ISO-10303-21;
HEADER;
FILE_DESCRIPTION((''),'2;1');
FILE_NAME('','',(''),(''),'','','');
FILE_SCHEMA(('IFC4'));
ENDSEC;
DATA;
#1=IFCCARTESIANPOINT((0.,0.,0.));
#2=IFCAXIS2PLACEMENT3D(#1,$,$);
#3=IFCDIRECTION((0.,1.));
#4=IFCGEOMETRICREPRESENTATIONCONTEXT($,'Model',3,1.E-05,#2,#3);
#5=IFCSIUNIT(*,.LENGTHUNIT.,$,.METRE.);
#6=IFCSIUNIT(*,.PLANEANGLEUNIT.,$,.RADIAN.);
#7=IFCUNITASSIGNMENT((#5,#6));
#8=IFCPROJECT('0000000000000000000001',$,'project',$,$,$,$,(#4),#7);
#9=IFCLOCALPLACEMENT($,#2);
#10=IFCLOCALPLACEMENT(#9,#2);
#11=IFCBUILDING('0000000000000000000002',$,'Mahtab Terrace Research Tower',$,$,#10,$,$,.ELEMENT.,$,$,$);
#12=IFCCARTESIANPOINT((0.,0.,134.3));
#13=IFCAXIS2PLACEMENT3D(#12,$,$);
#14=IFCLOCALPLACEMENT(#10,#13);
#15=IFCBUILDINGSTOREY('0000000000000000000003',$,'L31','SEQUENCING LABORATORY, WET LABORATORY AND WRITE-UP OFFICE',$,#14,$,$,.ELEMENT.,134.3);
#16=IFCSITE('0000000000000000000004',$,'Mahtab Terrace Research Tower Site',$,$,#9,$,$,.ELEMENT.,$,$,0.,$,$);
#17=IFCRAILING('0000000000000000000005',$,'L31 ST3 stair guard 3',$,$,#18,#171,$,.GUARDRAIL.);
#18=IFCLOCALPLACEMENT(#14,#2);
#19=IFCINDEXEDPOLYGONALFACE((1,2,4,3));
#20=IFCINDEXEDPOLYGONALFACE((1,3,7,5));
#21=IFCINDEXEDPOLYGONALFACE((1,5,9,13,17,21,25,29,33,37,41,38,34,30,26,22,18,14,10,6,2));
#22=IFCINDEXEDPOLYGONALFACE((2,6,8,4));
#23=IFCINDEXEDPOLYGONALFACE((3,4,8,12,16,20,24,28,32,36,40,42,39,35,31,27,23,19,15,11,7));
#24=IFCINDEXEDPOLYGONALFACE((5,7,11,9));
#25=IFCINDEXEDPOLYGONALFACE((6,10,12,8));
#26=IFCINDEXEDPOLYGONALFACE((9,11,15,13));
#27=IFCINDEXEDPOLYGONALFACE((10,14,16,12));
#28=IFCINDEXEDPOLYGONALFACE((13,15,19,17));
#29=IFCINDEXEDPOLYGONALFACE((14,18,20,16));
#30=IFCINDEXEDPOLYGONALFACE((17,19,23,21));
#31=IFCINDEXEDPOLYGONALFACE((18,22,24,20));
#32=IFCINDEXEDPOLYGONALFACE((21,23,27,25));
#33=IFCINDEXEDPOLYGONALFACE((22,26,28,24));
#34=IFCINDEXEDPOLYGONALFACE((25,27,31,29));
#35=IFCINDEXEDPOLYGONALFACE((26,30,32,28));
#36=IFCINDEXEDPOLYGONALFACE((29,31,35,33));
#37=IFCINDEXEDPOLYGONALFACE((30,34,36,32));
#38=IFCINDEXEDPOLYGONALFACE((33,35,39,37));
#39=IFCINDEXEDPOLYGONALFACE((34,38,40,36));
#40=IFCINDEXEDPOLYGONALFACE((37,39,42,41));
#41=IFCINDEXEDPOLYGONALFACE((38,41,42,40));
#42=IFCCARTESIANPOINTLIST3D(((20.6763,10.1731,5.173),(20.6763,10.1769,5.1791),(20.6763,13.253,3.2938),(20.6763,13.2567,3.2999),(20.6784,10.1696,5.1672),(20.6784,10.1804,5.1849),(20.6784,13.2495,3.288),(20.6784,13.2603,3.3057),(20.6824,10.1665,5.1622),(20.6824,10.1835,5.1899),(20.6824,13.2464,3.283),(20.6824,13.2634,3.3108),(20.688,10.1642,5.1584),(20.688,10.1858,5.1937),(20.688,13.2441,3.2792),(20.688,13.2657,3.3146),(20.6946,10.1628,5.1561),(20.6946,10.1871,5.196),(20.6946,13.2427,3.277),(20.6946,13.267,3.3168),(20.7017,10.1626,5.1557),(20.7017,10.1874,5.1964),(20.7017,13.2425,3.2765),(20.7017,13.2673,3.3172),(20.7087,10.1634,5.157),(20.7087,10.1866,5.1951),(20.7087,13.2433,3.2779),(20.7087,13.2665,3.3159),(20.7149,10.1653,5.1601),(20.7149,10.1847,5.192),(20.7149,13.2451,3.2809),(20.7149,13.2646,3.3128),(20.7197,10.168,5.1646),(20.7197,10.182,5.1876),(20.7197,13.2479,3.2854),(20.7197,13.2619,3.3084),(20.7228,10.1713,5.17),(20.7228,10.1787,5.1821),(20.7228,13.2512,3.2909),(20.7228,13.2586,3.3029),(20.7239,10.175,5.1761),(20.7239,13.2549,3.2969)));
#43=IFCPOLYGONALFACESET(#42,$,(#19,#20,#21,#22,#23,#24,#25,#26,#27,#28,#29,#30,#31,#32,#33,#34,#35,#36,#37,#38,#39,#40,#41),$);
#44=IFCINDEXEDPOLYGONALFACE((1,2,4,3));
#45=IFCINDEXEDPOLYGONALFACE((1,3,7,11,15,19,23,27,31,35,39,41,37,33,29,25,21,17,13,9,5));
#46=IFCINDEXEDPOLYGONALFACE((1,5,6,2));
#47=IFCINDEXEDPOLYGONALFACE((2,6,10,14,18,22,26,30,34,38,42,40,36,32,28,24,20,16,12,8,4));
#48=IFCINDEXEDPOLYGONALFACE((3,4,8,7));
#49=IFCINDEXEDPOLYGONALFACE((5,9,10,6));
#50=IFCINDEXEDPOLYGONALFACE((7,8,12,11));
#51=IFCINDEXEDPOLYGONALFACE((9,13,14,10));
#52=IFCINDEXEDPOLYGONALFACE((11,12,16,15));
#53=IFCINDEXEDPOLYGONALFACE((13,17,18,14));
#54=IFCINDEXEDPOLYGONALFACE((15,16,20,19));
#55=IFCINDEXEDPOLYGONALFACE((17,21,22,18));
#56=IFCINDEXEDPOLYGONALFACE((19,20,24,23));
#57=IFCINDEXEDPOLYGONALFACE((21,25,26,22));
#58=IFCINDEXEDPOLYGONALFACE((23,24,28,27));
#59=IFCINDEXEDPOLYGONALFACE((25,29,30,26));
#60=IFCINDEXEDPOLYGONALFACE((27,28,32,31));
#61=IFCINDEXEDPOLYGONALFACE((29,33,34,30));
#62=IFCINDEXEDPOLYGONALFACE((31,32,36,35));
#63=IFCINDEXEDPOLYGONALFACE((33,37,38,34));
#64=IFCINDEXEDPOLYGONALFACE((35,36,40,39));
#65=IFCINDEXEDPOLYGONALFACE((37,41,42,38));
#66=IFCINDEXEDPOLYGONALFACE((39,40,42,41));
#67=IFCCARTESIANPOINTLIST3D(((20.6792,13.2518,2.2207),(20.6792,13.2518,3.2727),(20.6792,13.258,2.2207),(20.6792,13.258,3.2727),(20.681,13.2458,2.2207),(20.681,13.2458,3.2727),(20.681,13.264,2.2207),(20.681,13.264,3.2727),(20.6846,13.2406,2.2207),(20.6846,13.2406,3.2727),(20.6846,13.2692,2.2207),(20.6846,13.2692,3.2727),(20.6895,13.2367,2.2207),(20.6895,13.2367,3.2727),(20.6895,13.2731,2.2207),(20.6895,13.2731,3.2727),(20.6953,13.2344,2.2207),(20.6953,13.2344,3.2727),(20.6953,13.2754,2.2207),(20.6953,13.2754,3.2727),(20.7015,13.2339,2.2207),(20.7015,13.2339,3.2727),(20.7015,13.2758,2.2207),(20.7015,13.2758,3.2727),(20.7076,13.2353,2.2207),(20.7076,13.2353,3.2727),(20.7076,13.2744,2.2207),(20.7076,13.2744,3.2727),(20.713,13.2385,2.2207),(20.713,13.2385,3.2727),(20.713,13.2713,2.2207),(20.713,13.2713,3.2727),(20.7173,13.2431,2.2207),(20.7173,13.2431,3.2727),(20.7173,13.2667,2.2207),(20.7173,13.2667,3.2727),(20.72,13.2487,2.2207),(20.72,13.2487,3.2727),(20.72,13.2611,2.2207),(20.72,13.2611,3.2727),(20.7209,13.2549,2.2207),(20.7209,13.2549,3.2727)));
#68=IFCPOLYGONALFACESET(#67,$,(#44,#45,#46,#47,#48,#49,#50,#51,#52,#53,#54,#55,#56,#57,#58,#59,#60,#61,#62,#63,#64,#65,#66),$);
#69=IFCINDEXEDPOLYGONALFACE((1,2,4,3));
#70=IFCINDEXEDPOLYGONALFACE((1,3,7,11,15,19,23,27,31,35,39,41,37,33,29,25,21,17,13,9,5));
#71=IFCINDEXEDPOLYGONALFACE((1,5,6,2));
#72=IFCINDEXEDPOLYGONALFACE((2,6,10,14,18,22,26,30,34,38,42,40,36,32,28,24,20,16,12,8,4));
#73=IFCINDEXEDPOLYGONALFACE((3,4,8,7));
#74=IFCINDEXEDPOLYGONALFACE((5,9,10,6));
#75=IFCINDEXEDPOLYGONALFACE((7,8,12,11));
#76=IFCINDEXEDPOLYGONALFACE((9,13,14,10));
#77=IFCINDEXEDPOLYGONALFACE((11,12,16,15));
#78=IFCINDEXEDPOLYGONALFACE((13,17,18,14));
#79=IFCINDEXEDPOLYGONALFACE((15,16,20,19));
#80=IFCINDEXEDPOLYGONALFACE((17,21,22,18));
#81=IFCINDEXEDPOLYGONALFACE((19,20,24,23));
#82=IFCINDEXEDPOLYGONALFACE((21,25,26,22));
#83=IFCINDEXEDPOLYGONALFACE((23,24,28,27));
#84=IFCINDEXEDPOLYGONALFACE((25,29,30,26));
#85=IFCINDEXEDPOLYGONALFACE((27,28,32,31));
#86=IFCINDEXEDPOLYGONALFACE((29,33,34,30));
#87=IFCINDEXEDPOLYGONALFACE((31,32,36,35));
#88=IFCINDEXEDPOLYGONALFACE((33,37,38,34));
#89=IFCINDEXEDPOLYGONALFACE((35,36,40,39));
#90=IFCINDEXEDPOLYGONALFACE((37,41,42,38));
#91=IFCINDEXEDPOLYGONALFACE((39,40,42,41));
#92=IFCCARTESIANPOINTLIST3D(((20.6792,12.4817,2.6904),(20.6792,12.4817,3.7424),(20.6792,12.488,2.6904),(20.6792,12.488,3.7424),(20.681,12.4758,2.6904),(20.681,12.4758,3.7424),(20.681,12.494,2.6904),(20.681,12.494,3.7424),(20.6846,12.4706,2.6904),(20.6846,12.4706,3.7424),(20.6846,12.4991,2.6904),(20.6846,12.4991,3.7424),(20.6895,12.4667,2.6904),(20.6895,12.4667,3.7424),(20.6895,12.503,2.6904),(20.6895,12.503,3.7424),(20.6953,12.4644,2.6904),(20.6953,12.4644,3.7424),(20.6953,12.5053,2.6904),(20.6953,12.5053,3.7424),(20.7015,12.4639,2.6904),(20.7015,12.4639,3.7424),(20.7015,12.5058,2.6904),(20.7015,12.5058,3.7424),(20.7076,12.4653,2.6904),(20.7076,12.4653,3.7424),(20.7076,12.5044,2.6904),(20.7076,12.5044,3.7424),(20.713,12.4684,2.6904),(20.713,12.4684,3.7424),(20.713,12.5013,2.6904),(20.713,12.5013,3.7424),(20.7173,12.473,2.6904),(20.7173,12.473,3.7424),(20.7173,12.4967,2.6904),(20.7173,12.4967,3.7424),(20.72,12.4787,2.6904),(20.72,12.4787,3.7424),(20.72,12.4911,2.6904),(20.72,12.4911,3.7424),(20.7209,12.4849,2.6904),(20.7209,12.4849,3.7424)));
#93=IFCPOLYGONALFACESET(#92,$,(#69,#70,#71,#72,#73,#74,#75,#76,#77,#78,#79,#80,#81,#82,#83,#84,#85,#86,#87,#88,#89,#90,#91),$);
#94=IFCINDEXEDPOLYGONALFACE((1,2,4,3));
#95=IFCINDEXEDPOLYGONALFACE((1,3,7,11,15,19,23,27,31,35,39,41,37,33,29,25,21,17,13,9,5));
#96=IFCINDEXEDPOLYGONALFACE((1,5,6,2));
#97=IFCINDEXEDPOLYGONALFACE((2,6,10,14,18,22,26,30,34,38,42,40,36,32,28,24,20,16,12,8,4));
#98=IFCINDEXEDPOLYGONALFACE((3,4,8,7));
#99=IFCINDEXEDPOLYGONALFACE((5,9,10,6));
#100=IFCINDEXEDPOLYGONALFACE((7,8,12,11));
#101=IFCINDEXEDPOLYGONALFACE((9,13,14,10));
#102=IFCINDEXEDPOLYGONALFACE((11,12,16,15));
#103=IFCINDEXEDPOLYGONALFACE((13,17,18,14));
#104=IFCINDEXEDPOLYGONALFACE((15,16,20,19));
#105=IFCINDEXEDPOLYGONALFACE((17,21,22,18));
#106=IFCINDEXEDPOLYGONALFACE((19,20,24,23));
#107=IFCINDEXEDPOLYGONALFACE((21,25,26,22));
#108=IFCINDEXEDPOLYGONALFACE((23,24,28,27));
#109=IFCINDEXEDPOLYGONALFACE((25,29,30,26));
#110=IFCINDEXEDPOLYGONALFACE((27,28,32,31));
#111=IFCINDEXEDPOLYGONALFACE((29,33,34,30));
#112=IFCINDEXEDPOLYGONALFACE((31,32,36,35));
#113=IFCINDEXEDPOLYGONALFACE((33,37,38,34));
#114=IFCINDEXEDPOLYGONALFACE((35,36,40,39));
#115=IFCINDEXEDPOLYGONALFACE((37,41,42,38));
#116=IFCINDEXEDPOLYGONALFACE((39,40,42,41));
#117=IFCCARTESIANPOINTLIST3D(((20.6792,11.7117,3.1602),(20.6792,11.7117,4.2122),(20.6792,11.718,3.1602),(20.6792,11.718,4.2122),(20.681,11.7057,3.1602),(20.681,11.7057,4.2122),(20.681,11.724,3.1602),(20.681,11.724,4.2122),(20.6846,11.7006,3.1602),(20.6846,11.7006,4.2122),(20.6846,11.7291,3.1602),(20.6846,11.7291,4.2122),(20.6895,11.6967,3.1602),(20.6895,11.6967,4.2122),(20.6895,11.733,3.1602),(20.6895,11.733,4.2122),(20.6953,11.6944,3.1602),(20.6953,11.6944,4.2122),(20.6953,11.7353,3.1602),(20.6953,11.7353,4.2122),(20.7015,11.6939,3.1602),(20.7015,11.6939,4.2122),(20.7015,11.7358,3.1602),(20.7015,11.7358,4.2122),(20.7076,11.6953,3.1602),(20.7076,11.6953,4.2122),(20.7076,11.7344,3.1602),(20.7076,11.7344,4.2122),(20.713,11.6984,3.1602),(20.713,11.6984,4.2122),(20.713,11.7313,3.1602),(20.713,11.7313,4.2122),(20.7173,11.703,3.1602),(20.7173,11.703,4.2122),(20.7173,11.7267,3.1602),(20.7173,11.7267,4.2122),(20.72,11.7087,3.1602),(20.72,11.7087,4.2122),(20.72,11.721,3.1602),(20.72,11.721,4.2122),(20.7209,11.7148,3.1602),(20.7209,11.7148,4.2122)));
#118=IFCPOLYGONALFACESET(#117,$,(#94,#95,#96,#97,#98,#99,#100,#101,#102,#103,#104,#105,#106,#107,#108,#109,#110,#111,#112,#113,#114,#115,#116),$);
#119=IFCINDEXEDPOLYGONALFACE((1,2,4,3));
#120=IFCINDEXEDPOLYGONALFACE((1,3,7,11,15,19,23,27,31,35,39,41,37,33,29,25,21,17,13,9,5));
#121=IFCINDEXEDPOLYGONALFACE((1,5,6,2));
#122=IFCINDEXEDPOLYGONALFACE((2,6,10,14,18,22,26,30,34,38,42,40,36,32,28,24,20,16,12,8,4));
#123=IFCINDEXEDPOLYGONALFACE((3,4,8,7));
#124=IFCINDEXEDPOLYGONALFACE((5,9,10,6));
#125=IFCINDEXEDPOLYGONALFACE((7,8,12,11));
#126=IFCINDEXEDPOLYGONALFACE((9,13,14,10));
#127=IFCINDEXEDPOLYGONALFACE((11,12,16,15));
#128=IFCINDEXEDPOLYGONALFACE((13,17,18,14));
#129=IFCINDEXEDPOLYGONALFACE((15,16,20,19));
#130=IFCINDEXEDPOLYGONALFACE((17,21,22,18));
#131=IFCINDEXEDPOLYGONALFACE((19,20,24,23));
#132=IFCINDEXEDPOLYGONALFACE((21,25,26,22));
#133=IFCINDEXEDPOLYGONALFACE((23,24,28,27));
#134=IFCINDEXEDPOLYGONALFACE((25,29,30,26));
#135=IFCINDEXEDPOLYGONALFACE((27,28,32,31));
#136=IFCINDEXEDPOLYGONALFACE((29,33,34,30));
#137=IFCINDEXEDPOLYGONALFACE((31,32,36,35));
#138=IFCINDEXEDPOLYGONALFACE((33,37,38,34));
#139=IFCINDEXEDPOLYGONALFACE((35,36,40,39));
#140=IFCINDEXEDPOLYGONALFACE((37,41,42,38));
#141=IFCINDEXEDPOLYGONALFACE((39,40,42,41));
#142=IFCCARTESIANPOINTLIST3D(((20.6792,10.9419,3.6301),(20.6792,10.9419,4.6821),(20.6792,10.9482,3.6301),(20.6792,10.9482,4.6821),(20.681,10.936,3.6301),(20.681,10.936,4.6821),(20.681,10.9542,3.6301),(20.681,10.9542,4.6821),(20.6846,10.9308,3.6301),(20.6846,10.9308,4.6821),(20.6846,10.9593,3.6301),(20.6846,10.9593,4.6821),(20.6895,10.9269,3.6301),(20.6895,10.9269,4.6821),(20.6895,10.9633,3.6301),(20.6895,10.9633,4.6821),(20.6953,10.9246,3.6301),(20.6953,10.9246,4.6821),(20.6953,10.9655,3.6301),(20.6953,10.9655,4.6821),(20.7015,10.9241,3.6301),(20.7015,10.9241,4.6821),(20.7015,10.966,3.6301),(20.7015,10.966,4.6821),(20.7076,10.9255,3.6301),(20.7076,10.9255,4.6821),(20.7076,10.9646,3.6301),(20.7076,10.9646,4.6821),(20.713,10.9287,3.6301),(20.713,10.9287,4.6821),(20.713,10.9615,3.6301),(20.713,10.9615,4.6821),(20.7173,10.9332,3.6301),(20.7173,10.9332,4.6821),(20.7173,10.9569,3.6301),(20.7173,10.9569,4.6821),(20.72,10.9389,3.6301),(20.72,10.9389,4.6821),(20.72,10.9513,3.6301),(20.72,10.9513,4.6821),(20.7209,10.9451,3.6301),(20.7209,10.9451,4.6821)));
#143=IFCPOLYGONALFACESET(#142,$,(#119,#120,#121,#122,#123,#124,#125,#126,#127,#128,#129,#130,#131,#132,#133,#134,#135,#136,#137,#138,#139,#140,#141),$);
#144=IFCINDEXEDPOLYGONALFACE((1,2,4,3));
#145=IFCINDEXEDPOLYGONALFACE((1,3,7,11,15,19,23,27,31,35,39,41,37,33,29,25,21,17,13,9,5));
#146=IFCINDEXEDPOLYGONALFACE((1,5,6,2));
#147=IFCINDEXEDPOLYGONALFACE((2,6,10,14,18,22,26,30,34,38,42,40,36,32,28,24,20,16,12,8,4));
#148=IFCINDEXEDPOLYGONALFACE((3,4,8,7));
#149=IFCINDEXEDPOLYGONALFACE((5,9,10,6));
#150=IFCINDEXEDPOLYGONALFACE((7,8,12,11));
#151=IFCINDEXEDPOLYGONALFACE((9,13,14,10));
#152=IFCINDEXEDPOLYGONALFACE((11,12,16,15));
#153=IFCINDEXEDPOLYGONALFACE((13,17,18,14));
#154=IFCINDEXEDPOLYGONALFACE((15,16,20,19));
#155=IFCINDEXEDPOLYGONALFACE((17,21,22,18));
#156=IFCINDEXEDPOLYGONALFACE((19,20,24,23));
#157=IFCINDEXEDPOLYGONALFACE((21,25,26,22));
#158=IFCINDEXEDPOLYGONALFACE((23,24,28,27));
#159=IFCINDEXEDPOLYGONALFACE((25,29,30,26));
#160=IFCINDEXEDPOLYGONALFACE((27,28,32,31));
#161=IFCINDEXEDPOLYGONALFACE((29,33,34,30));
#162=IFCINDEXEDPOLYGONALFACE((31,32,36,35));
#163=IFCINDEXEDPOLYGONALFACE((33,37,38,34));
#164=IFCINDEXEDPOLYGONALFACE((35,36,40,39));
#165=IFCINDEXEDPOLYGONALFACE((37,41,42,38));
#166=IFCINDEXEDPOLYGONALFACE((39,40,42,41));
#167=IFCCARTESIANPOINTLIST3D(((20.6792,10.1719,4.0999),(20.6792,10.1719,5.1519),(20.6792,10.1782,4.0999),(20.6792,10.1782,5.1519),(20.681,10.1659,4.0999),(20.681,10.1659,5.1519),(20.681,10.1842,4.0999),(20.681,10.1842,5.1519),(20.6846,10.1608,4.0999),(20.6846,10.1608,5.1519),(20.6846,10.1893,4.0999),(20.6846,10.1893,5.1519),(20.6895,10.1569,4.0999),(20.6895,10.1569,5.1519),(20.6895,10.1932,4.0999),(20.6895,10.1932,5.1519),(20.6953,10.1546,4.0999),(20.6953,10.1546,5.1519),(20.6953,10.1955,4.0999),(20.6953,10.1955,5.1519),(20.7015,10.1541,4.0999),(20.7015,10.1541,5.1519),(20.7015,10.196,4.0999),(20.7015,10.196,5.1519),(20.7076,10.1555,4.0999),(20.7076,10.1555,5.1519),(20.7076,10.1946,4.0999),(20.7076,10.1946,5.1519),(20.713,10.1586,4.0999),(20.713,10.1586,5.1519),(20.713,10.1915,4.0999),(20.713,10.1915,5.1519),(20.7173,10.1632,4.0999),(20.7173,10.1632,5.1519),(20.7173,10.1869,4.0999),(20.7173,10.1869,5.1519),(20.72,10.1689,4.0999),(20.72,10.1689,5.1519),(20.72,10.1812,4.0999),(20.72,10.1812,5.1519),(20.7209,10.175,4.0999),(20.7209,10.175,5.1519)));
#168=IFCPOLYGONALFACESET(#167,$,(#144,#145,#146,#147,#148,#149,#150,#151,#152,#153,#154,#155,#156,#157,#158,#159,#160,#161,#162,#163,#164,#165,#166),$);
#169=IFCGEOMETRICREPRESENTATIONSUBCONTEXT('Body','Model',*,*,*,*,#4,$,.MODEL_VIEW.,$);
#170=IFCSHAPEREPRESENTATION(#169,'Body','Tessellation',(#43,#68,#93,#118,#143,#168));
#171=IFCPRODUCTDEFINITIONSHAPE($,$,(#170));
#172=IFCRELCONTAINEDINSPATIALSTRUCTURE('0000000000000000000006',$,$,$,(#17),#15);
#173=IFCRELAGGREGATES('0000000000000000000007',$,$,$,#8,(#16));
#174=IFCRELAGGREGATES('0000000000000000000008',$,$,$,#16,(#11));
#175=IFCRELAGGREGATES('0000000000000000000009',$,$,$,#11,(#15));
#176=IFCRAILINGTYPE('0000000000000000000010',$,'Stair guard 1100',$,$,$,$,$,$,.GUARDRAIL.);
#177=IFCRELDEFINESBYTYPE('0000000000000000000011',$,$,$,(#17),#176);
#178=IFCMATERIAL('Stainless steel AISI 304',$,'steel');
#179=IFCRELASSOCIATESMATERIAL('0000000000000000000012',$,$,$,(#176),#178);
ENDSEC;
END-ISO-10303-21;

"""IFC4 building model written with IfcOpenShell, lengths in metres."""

from ifc_helpers import new_model, si_unit, direction, frame, origin, origin_2d, place, context, subcontext, project, spatial, circle, extrude, material, type_object, element, save


model = new_model("IFC4")

# Units and contexts
model_context = context("Model", 3, precision=1e-05, world=origin(), true_north=direction((0.0, 1.0)))
body_context = subcontext(model_context, "Body", "Model", "MODEL_VIEW")
ifc_project = project(units=[si_unit("LENGTHUNIT", "METRE"), si_unit("PLANEANGLEUNIT", "RADIAN")], contexts=[model_context])

# Site, building, storey
site_placement = place(None, origin())
site = spatial("IfcSite", under=ifc_project, at=site_placement, Name="Mahtab Terrace Research Tower Site", CompositionType="ELEMENT", RefElevation=0.0)
building_placement = place(site_placement, origin())
building = spatial("IfcBuilding", under=site, at=building_placement, Name="Mahtab Terrace Research Tower", CompositionType="ELEMENT")
storey_placement = place(building_placement, frame((0.0, 0.0, 134.3)))
storey = spatial("IfcBuildingStorey", under=building, at=storey_placement, Name="L31", Description="SEQUENCING LABORATORY, WET LABORATORY AND WRITE-UP OFFICE", CompositionType="ELEMENT", Elevation=134.3)

# Railing
ifc_material_1 = material(Name="Stainless steel AISI 304", Category="steel")
railing_type_1 = type_object("IfcRailingType", Name="Stair guard 1100", PredefinedType="GUARDRAIL", material=ifc_material_1)
railing_1_placement = place(storey_placement, frame((20.7, 13.2549, 2.2207)))
element("IfcRailing", 1, at=railing_1_placement, inside=storey, type_object=railing_type_1, Name="L31 ST3 stair guard 3", PredefinedType="GUARDRAIL", context=body_context, shape_type="SweptSolid", body=[
    extrude(circle(Radius=0.0239, at=origin_2d()), frame((0.0, 0.0, 1.0762), z_axis=(0.0, -0.853648, 0.52085), x_axis=(1.0, 0.0, 0.0)), (0.0, 0.0, 1.0), 3.6079),
    extrude(circle(Radius=0.021, at=origin_2d()), origin(), (0.0, 0.0, 1.0), 1.052),
    extrude(circle(Radius=0.021, at=origin_2d()), frame((0.0, -0.77, 0.4697)), (0.0, 0.0, 1.0), 1.052),
    extrude(circle(Radius=0.021, at=origin_2d()), frame((0.0, -1.54, 0.9395)), (0.0, 0.0, 1.0), 1.052),
    extrude(circle(Radius=0.021, at=origin_2d()), frame((0.0, -2.3098, 1.4094)), (0.0, 0.0, 1.0), 1.052),
    extrude(circle(Radius=0.021, at=origin_2d()), frame((0.0, -3.0798, 1.8792)), (0.0, 0.0, 1.0), 1.052),
])

save(model, "model.ifc")
